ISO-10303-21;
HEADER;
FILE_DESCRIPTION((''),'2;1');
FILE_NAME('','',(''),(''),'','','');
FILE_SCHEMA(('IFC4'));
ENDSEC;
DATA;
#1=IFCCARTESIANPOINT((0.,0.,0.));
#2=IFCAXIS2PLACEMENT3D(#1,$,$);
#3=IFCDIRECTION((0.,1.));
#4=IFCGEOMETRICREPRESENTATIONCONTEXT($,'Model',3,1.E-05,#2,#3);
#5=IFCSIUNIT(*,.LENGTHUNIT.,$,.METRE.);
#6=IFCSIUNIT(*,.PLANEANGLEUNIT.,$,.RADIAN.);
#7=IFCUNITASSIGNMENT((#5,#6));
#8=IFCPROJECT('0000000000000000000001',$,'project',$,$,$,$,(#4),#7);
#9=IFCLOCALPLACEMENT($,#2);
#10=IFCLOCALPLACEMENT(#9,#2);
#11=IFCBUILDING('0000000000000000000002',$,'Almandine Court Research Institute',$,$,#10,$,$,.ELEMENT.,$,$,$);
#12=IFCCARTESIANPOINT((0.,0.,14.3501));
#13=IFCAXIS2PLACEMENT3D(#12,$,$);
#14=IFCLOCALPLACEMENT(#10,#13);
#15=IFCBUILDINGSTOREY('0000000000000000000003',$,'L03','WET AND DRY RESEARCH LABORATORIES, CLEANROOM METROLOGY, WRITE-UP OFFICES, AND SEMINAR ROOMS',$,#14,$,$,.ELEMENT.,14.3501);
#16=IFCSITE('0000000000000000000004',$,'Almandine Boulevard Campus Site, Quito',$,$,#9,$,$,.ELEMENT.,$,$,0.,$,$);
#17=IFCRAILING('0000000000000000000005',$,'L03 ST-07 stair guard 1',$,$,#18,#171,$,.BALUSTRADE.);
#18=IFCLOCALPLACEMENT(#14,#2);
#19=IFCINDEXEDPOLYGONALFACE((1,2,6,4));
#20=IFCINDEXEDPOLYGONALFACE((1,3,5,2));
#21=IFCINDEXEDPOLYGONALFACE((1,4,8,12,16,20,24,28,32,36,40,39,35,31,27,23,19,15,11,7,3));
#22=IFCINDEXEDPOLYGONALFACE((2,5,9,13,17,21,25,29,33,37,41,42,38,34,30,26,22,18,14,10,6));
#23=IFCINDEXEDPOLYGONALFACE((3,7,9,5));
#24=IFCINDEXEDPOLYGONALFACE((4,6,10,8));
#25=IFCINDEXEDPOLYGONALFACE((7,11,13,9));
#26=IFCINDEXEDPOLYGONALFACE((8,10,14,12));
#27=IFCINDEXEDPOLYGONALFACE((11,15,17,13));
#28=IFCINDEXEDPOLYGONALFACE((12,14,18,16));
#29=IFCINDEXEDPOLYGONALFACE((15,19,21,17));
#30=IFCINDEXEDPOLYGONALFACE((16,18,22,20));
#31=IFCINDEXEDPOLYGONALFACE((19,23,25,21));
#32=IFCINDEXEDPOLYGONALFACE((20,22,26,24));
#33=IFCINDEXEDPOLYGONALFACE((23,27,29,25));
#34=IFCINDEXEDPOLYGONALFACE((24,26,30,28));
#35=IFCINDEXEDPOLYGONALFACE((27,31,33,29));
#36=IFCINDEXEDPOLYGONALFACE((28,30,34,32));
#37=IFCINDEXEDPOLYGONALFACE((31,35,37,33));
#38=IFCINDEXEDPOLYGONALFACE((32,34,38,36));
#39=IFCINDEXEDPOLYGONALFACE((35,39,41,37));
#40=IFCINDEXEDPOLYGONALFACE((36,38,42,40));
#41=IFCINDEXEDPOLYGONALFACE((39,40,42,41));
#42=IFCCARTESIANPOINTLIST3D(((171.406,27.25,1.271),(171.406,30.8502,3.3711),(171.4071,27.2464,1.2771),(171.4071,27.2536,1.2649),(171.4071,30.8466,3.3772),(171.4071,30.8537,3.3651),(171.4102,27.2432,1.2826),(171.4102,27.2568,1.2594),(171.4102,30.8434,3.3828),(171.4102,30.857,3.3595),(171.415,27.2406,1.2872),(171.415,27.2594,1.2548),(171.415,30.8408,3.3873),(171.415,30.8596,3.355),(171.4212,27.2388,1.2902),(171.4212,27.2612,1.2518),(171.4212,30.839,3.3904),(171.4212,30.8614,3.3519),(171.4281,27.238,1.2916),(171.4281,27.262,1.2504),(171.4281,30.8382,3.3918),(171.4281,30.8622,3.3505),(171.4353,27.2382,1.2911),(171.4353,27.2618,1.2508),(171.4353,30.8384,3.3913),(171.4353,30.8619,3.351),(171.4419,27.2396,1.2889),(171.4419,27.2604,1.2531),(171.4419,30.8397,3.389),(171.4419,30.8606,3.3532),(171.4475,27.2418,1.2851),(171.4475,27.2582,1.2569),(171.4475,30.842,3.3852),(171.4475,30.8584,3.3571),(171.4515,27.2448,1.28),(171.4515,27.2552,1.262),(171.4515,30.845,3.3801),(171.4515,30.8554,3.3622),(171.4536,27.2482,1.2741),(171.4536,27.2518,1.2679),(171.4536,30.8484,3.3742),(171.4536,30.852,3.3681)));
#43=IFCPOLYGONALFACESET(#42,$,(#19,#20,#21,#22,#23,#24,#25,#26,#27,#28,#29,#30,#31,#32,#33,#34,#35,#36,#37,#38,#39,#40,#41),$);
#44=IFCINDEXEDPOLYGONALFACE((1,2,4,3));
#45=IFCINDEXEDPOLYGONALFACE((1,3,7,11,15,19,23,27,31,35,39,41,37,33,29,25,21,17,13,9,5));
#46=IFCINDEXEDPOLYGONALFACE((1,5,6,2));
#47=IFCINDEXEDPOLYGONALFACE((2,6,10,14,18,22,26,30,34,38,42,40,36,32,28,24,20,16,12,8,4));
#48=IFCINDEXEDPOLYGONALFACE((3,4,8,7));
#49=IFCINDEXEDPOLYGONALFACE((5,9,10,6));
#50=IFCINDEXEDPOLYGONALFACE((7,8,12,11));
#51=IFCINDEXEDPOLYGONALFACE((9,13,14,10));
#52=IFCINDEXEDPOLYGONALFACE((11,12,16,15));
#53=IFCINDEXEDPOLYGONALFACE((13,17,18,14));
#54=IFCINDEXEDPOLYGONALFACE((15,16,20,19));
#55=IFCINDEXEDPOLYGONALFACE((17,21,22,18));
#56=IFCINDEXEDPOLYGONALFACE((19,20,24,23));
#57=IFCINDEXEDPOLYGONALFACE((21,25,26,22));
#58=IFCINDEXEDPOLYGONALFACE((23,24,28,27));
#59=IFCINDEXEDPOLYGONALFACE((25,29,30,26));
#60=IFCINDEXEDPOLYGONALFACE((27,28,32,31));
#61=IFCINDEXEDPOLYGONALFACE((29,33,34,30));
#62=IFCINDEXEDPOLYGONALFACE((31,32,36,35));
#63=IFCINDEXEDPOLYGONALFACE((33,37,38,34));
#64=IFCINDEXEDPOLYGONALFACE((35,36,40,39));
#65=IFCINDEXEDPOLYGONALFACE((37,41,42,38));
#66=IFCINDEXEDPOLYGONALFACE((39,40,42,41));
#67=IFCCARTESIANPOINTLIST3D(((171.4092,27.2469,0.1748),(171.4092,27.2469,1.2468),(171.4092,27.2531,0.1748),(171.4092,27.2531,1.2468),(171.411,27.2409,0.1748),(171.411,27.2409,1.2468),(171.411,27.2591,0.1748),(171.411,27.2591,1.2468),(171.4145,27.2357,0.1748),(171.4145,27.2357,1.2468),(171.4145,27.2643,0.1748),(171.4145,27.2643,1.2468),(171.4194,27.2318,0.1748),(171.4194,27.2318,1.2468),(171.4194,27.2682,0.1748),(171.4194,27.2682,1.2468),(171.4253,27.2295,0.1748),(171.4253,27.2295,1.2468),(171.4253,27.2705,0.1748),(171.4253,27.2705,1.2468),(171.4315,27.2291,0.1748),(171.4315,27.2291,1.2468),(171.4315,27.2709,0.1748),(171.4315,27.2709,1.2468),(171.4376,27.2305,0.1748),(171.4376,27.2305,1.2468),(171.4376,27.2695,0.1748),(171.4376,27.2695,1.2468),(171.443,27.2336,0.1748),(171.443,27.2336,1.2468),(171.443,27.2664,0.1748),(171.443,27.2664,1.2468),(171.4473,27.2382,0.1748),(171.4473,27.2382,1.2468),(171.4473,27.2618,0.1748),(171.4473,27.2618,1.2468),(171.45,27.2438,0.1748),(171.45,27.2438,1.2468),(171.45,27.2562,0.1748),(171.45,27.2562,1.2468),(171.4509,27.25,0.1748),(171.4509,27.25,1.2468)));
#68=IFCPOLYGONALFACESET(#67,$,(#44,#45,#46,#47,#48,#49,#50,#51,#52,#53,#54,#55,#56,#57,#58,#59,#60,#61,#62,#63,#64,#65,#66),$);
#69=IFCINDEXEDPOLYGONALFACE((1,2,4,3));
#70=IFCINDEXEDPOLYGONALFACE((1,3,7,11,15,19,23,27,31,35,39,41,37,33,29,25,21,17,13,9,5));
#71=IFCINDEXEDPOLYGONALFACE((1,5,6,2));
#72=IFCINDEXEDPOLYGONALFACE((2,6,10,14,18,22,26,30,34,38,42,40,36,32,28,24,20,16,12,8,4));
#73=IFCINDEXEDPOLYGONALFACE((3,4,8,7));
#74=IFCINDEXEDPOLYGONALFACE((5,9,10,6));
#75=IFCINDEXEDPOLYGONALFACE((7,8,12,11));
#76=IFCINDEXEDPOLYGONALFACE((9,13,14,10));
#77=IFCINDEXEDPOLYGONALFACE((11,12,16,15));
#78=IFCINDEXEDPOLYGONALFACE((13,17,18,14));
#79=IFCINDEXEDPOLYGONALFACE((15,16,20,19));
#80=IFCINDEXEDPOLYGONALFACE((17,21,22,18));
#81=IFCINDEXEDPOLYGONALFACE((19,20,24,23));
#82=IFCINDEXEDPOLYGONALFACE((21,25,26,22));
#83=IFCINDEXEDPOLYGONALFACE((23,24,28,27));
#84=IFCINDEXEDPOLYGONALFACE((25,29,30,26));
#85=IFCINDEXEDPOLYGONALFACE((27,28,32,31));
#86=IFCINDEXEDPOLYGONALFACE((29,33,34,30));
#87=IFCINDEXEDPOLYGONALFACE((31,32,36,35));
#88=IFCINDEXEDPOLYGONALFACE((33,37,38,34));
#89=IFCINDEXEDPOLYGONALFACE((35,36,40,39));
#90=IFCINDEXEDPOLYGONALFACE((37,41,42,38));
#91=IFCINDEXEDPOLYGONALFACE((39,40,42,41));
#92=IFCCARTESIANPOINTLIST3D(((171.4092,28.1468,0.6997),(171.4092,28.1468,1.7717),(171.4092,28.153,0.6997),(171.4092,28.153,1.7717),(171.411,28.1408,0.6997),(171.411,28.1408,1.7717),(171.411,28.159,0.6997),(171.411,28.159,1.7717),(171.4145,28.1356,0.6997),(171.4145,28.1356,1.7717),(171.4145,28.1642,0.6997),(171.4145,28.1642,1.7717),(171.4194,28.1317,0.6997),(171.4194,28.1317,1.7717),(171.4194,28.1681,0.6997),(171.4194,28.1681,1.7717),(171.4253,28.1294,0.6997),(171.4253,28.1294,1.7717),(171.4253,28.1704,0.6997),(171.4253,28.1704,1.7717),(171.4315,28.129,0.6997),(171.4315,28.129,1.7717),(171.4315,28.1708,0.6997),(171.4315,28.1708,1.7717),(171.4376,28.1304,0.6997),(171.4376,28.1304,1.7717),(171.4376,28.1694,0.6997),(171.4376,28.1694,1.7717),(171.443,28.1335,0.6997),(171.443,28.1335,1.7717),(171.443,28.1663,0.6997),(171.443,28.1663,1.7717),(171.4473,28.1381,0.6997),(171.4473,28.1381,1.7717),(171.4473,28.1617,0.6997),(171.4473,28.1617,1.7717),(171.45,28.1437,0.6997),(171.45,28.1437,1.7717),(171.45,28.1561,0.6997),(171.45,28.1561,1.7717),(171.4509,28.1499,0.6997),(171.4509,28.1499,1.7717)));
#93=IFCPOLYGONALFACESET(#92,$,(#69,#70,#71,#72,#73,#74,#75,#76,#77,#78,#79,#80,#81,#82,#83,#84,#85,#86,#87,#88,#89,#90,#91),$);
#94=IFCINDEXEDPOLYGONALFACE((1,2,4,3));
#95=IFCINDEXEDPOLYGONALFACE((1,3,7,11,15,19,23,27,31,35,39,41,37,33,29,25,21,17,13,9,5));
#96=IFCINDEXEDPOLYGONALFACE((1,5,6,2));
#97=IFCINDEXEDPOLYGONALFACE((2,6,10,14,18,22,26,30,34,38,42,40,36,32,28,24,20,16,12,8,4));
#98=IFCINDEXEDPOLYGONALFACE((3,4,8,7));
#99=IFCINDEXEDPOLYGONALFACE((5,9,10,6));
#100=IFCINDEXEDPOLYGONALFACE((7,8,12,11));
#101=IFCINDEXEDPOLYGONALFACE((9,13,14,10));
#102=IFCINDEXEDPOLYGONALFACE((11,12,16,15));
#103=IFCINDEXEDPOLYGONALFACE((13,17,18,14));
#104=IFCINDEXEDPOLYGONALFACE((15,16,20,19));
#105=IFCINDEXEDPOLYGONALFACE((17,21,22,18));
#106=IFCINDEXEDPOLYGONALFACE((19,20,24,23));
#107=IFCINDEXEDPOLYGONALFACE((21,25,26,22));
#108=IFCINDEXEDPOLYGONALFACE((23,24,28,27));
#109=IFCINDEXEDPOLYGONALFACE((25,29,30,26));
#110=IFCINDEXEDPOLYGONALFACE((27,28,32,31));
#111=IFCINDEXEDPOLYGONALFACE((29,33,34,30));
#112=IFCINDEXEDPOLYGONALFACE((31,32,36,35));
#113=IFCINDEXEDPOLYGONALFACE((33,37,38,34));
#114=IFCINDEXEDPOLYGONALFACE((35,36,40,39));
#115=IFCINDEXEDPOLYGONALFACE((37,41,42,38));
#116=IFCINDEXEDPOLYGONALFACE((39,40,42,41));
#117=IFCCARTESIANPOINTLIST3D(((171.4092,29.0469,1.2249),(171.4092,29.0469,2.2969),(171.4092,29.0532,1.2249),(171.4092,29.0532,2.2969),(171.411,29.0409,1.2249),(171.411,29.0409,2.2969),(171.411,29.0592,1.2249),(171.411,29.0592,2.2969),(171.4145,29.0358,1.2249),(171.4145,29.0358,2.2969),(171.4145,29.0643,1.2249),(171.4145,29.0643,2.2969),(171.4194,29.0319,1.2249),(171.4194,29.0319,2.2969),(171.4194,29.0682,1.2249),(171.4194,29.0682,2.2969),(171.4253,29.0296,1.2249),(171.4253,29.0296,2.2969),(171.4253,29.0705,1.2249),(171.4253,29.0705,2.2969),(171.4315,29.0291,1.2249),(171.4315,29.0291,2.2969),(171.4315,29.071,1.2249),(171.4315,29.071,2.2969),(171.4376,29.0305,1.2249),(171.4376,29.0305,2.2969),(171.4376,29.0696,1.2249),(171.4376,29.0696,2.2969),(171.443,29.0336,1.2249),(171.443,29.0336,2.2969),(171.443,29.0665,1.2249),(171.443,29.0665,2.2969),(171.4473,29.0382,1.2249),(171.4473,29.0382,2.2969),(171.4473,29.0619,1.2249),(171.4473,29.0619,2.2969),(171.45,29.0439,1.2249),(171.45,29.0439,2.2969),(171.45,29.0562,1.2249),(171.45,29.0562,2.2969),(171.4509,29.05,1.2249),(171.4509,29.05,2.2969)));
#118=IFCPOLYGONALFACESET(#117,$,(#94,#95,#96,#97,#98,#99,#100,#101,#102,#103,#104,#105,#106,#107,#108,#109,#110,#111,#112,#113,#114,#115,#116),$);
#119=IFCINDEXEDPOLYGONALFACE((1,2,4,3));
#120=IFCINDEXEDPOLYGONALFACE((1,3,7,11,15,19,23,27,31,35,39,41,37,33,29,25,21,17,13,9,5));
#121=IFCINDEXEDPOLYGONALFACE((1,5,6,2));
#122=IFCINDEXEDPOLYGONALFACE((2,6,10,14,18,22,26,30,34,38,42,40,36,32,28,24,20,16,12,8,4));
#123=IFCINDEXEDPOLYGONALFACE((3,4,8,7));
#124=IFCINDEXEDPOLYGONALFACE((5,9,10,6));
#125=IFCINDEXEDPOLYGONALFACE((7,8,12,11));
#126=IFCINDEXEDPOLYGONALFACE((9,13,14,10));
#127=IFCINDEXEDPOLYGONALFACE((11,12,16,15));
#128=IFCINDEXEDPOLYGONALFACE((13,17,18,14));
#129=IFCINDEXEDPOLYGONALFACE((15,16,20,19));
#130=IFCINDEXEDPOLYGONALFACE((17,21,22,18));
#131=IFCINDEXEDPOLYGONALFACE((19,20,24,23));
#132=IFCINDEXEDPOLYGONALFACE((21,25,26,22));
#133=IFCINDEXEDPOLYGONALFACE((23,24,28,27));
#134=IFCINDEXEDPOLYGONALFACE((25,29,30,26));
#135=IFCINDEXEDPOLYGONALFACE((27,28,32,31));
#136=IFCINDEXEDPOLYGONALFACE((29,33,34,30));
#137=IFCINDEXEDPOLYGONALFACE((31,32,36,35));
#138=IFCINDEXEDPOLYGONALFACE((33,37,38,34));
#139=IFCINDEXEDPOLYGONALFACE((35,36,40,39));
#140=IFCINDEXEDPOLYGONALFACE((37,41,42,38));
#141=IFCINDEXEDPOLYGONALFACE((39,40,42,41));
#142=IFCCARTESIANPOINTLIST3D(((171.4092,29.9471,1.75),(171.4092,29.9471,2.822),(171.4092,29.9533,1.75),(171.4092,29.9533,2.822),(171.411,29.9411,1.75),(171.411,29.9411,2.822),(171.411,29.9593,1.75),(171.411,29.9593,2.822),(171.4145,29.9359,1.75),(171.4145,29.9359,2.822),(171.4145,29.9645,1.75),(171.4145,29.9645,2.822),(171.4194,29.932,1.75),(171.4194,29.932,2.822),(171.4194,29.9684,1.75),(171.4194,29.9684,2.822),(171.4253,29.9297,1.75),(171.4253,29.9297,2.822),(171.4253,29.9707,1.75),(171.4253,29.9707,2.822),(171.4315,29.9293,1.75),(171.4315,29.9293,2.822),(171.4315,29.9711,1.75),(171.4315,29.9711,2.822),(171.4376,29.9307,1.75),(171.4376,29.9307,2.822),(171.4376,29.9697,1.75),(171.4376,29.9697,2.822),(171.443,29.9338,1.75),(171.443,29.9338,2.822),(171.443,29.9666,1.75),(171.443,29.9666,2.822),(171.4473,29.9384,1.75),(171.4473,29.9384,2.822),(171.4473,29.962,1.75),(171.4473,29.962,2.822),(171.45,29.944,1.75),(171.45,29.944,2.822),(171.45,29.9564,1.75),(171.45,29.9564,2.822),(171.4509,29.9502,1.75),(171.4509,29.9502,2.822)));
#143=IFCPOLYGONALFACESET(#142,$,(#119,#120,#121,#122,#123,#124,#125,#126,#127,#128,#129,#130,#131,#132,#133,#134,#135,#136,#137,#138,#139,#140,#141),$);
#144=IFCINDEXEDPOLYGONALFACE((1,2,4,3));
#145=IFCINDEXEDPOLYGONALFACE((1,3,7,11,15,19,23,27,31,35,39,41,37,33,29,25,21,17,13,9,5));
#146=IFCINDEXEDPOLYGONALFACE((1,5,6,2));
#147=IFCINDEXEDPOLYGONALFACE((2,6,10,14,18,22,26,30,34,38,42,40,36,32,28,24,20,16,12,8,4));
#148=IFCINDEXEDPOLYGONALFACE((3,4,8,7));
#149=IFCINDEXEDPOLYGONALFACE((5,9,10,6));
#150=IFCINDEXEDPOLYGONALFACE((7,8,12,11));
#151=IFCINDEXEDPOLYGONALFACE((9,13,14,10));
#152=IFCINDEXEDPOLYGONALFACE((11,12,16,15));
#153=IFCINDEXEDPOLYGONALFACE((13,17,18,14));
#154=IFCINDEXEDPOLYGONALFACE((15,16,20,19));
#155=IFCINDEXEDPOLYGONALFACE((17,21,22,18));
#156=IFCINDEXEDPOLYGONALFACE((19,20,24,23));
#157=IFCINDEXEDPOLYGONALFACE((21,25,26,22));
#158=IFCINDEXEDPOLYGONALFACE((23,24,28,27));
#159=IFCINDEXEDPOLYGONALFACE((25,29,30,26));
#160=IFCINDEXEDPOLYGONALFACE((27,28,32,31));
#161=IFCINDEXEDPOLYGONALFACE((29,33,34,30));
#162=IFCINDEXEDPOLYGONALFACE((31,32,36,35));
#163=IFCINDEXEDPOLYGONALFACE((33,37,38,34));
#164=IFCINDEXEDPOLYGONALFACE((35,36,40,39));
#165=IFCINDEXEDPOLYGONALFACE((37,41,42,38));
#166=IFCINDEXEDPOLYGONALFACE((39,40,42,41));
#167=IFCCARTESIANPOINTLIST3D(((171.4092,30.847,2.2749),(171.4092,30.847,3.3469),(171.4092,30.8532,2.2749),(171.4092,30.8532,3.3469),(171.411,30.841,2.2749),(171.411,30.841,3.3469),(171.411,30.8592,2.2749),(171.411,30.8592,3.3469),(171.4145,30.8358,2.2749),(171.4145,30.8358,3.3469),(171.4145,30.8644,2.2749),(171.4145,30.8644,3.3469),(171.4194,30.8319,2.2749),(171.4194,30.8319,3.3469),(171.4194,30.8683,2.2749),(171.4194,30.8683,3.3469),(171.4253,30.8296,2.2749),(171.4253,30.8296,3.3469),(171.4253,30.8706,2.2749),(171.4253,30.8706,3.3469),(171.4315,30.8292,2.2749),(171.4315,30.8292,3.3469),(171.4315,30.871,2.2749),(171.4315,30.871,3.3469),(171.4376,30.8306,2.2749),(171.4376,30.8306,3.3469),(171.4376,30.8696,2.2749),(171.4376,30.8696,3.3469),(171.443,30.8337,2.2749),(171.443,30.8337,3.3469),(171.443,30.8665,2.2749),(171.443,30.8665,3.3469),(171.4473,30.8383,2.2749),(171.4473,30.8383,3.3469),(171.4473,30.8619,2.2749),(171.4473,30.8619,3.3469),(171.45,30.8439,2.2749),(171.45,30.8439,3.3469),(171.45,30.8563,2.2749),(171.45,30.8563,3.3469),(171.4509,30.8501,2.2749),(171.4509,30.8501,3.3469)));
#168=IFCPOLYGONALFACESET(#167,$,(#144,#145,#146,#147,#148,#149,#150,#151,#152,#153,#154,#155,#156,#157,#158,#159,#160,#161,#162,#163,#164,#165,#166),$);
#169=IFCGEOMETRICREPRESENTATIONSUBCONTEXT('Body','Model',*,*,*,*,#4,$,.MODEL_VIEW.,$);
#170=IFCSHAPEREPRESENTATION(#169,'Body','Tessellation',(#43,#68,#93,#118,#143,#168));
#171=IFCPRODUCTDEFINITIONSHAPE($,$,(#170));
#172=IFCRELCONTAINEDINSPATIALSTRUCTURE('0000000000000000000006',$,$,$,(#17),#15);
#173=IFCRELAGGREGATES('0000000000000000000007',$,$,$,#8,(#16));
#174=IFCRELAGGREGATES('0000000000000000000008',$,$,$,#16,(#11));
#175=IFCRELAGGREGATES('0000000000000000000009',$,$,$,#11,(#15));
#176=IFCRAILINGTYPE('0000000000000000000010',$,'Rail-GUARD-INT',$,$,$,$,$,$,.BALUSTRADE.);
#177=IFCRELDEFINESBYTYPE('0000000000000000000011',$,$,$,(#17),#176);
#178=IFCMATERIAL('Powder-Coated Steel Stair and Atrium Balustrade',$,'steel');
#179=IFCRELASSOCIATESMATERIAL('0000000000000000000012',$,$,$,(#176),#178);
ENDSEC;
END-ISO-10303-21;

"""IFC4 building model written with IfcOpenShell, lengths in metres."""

from ifc_helpers import new_model, si_unit, direction, frame, origin, origin_2d, place, context, subcontext, project, spatial, circle, extrude, material, type_object, element, save


model = new_model("IFC4")

# Units and contexts
model_context = context("Model", 3, precision=1e-05, world=origin(), true_north=direction((0.0, 1.0)))
body_context = subcontext(model_context, "Body", "Model", "MODEL_VIEW")
ifc_project = project(units=[si_unit("LENGTHUNIT", "METRE"), si_unit("PLANEANGLEUNIT", "RADIAN")], contexts=[model_context])

# Site, building, storey
site_placement = place(None, origin())
site = spatial("IfcSite", under=ifc_project, at=site_placement, Name="Almandine Boulevard Campus Site, Quito", CompositionType="ELEMENT", RefElevation=0.0)
building_placement = place(site_placement, origin())
building = spatial("IfcBuilding", under=site, at=building_placement, Name="Almandine Court Research Institute", CompositionType="ELEMENT")
storey_placement = place(building_placement, frame((0.0, 0.0, 14.3501)))
storey = spatial("IfcBuildingStorey", under=building, at=storey_placement, Name="L03", Description="WET AND DRY RESEARCH LABORATORIES, CLEANROOM METROLOGY, WRITE-UP OFFICES, AND SEMINAR ROOMS", CompositionType="ELEMENT", Elevation=14.3501)

# Railing
ifc_material_1 = material(Name="Powder-Coated Steel Stair and Atrium Balustrade", Category="steel")
railing_type_1 = type_object("IfcRailingType", Name="Rail-GUARD-INT", PredefinedType="BALUSTRADE", material=ifc_material_1)
railing_1_placement = place(storey_placement, frame((171.4299, 27.25, 0.1748)))
element("IfcRailing", 1, at=railing_1_placement, inside=storey, type_object=railing_type_1, Name="L03 ST-07 stair guard 1", PredefinedType="BALUSTRADE", context=body_context, shape_type="SweptSolid", body=[
    extrude(circle(Radius=0.0239, at=origin_2d()), frame((0.0, 0.0, 1.0962), z_axis=(0.0, 0.863775, 0.503878), x_axis=(-1.0, 0.0, 0.0)), (0.0, 0.0, 1.0), 4.168),
    extrude(circle(Radius=0.021, at=origin_2d()), origin(), (0.0, 0.0, 1.0), 1.072),
    extrude(circle(Radius=0.021, at=origin_2d()), frame((0.0, 0.8999, 0.5249)), (0.0, 0.0, 1.0), 1.072),
    extrude(circle(Radius=0.021, at=origin_2d()), frame((0.0, 1.8, 1.05)), (0.0, 0.0, 1.0), 1.072),
    extrude(circle(Radius=0.021, at=origin_2d()), frame((0.0, 2.7002, 1.5752)), (0.0, 0.0, 1.0), 1.072),
    extrude(circle(Radius=0.021, at=origin_2d()), frame((0.0, 3.6001, 2.1001)), (0.0, 0.0, 1.0), 1.072),
])

save(model, "model.ifc")
